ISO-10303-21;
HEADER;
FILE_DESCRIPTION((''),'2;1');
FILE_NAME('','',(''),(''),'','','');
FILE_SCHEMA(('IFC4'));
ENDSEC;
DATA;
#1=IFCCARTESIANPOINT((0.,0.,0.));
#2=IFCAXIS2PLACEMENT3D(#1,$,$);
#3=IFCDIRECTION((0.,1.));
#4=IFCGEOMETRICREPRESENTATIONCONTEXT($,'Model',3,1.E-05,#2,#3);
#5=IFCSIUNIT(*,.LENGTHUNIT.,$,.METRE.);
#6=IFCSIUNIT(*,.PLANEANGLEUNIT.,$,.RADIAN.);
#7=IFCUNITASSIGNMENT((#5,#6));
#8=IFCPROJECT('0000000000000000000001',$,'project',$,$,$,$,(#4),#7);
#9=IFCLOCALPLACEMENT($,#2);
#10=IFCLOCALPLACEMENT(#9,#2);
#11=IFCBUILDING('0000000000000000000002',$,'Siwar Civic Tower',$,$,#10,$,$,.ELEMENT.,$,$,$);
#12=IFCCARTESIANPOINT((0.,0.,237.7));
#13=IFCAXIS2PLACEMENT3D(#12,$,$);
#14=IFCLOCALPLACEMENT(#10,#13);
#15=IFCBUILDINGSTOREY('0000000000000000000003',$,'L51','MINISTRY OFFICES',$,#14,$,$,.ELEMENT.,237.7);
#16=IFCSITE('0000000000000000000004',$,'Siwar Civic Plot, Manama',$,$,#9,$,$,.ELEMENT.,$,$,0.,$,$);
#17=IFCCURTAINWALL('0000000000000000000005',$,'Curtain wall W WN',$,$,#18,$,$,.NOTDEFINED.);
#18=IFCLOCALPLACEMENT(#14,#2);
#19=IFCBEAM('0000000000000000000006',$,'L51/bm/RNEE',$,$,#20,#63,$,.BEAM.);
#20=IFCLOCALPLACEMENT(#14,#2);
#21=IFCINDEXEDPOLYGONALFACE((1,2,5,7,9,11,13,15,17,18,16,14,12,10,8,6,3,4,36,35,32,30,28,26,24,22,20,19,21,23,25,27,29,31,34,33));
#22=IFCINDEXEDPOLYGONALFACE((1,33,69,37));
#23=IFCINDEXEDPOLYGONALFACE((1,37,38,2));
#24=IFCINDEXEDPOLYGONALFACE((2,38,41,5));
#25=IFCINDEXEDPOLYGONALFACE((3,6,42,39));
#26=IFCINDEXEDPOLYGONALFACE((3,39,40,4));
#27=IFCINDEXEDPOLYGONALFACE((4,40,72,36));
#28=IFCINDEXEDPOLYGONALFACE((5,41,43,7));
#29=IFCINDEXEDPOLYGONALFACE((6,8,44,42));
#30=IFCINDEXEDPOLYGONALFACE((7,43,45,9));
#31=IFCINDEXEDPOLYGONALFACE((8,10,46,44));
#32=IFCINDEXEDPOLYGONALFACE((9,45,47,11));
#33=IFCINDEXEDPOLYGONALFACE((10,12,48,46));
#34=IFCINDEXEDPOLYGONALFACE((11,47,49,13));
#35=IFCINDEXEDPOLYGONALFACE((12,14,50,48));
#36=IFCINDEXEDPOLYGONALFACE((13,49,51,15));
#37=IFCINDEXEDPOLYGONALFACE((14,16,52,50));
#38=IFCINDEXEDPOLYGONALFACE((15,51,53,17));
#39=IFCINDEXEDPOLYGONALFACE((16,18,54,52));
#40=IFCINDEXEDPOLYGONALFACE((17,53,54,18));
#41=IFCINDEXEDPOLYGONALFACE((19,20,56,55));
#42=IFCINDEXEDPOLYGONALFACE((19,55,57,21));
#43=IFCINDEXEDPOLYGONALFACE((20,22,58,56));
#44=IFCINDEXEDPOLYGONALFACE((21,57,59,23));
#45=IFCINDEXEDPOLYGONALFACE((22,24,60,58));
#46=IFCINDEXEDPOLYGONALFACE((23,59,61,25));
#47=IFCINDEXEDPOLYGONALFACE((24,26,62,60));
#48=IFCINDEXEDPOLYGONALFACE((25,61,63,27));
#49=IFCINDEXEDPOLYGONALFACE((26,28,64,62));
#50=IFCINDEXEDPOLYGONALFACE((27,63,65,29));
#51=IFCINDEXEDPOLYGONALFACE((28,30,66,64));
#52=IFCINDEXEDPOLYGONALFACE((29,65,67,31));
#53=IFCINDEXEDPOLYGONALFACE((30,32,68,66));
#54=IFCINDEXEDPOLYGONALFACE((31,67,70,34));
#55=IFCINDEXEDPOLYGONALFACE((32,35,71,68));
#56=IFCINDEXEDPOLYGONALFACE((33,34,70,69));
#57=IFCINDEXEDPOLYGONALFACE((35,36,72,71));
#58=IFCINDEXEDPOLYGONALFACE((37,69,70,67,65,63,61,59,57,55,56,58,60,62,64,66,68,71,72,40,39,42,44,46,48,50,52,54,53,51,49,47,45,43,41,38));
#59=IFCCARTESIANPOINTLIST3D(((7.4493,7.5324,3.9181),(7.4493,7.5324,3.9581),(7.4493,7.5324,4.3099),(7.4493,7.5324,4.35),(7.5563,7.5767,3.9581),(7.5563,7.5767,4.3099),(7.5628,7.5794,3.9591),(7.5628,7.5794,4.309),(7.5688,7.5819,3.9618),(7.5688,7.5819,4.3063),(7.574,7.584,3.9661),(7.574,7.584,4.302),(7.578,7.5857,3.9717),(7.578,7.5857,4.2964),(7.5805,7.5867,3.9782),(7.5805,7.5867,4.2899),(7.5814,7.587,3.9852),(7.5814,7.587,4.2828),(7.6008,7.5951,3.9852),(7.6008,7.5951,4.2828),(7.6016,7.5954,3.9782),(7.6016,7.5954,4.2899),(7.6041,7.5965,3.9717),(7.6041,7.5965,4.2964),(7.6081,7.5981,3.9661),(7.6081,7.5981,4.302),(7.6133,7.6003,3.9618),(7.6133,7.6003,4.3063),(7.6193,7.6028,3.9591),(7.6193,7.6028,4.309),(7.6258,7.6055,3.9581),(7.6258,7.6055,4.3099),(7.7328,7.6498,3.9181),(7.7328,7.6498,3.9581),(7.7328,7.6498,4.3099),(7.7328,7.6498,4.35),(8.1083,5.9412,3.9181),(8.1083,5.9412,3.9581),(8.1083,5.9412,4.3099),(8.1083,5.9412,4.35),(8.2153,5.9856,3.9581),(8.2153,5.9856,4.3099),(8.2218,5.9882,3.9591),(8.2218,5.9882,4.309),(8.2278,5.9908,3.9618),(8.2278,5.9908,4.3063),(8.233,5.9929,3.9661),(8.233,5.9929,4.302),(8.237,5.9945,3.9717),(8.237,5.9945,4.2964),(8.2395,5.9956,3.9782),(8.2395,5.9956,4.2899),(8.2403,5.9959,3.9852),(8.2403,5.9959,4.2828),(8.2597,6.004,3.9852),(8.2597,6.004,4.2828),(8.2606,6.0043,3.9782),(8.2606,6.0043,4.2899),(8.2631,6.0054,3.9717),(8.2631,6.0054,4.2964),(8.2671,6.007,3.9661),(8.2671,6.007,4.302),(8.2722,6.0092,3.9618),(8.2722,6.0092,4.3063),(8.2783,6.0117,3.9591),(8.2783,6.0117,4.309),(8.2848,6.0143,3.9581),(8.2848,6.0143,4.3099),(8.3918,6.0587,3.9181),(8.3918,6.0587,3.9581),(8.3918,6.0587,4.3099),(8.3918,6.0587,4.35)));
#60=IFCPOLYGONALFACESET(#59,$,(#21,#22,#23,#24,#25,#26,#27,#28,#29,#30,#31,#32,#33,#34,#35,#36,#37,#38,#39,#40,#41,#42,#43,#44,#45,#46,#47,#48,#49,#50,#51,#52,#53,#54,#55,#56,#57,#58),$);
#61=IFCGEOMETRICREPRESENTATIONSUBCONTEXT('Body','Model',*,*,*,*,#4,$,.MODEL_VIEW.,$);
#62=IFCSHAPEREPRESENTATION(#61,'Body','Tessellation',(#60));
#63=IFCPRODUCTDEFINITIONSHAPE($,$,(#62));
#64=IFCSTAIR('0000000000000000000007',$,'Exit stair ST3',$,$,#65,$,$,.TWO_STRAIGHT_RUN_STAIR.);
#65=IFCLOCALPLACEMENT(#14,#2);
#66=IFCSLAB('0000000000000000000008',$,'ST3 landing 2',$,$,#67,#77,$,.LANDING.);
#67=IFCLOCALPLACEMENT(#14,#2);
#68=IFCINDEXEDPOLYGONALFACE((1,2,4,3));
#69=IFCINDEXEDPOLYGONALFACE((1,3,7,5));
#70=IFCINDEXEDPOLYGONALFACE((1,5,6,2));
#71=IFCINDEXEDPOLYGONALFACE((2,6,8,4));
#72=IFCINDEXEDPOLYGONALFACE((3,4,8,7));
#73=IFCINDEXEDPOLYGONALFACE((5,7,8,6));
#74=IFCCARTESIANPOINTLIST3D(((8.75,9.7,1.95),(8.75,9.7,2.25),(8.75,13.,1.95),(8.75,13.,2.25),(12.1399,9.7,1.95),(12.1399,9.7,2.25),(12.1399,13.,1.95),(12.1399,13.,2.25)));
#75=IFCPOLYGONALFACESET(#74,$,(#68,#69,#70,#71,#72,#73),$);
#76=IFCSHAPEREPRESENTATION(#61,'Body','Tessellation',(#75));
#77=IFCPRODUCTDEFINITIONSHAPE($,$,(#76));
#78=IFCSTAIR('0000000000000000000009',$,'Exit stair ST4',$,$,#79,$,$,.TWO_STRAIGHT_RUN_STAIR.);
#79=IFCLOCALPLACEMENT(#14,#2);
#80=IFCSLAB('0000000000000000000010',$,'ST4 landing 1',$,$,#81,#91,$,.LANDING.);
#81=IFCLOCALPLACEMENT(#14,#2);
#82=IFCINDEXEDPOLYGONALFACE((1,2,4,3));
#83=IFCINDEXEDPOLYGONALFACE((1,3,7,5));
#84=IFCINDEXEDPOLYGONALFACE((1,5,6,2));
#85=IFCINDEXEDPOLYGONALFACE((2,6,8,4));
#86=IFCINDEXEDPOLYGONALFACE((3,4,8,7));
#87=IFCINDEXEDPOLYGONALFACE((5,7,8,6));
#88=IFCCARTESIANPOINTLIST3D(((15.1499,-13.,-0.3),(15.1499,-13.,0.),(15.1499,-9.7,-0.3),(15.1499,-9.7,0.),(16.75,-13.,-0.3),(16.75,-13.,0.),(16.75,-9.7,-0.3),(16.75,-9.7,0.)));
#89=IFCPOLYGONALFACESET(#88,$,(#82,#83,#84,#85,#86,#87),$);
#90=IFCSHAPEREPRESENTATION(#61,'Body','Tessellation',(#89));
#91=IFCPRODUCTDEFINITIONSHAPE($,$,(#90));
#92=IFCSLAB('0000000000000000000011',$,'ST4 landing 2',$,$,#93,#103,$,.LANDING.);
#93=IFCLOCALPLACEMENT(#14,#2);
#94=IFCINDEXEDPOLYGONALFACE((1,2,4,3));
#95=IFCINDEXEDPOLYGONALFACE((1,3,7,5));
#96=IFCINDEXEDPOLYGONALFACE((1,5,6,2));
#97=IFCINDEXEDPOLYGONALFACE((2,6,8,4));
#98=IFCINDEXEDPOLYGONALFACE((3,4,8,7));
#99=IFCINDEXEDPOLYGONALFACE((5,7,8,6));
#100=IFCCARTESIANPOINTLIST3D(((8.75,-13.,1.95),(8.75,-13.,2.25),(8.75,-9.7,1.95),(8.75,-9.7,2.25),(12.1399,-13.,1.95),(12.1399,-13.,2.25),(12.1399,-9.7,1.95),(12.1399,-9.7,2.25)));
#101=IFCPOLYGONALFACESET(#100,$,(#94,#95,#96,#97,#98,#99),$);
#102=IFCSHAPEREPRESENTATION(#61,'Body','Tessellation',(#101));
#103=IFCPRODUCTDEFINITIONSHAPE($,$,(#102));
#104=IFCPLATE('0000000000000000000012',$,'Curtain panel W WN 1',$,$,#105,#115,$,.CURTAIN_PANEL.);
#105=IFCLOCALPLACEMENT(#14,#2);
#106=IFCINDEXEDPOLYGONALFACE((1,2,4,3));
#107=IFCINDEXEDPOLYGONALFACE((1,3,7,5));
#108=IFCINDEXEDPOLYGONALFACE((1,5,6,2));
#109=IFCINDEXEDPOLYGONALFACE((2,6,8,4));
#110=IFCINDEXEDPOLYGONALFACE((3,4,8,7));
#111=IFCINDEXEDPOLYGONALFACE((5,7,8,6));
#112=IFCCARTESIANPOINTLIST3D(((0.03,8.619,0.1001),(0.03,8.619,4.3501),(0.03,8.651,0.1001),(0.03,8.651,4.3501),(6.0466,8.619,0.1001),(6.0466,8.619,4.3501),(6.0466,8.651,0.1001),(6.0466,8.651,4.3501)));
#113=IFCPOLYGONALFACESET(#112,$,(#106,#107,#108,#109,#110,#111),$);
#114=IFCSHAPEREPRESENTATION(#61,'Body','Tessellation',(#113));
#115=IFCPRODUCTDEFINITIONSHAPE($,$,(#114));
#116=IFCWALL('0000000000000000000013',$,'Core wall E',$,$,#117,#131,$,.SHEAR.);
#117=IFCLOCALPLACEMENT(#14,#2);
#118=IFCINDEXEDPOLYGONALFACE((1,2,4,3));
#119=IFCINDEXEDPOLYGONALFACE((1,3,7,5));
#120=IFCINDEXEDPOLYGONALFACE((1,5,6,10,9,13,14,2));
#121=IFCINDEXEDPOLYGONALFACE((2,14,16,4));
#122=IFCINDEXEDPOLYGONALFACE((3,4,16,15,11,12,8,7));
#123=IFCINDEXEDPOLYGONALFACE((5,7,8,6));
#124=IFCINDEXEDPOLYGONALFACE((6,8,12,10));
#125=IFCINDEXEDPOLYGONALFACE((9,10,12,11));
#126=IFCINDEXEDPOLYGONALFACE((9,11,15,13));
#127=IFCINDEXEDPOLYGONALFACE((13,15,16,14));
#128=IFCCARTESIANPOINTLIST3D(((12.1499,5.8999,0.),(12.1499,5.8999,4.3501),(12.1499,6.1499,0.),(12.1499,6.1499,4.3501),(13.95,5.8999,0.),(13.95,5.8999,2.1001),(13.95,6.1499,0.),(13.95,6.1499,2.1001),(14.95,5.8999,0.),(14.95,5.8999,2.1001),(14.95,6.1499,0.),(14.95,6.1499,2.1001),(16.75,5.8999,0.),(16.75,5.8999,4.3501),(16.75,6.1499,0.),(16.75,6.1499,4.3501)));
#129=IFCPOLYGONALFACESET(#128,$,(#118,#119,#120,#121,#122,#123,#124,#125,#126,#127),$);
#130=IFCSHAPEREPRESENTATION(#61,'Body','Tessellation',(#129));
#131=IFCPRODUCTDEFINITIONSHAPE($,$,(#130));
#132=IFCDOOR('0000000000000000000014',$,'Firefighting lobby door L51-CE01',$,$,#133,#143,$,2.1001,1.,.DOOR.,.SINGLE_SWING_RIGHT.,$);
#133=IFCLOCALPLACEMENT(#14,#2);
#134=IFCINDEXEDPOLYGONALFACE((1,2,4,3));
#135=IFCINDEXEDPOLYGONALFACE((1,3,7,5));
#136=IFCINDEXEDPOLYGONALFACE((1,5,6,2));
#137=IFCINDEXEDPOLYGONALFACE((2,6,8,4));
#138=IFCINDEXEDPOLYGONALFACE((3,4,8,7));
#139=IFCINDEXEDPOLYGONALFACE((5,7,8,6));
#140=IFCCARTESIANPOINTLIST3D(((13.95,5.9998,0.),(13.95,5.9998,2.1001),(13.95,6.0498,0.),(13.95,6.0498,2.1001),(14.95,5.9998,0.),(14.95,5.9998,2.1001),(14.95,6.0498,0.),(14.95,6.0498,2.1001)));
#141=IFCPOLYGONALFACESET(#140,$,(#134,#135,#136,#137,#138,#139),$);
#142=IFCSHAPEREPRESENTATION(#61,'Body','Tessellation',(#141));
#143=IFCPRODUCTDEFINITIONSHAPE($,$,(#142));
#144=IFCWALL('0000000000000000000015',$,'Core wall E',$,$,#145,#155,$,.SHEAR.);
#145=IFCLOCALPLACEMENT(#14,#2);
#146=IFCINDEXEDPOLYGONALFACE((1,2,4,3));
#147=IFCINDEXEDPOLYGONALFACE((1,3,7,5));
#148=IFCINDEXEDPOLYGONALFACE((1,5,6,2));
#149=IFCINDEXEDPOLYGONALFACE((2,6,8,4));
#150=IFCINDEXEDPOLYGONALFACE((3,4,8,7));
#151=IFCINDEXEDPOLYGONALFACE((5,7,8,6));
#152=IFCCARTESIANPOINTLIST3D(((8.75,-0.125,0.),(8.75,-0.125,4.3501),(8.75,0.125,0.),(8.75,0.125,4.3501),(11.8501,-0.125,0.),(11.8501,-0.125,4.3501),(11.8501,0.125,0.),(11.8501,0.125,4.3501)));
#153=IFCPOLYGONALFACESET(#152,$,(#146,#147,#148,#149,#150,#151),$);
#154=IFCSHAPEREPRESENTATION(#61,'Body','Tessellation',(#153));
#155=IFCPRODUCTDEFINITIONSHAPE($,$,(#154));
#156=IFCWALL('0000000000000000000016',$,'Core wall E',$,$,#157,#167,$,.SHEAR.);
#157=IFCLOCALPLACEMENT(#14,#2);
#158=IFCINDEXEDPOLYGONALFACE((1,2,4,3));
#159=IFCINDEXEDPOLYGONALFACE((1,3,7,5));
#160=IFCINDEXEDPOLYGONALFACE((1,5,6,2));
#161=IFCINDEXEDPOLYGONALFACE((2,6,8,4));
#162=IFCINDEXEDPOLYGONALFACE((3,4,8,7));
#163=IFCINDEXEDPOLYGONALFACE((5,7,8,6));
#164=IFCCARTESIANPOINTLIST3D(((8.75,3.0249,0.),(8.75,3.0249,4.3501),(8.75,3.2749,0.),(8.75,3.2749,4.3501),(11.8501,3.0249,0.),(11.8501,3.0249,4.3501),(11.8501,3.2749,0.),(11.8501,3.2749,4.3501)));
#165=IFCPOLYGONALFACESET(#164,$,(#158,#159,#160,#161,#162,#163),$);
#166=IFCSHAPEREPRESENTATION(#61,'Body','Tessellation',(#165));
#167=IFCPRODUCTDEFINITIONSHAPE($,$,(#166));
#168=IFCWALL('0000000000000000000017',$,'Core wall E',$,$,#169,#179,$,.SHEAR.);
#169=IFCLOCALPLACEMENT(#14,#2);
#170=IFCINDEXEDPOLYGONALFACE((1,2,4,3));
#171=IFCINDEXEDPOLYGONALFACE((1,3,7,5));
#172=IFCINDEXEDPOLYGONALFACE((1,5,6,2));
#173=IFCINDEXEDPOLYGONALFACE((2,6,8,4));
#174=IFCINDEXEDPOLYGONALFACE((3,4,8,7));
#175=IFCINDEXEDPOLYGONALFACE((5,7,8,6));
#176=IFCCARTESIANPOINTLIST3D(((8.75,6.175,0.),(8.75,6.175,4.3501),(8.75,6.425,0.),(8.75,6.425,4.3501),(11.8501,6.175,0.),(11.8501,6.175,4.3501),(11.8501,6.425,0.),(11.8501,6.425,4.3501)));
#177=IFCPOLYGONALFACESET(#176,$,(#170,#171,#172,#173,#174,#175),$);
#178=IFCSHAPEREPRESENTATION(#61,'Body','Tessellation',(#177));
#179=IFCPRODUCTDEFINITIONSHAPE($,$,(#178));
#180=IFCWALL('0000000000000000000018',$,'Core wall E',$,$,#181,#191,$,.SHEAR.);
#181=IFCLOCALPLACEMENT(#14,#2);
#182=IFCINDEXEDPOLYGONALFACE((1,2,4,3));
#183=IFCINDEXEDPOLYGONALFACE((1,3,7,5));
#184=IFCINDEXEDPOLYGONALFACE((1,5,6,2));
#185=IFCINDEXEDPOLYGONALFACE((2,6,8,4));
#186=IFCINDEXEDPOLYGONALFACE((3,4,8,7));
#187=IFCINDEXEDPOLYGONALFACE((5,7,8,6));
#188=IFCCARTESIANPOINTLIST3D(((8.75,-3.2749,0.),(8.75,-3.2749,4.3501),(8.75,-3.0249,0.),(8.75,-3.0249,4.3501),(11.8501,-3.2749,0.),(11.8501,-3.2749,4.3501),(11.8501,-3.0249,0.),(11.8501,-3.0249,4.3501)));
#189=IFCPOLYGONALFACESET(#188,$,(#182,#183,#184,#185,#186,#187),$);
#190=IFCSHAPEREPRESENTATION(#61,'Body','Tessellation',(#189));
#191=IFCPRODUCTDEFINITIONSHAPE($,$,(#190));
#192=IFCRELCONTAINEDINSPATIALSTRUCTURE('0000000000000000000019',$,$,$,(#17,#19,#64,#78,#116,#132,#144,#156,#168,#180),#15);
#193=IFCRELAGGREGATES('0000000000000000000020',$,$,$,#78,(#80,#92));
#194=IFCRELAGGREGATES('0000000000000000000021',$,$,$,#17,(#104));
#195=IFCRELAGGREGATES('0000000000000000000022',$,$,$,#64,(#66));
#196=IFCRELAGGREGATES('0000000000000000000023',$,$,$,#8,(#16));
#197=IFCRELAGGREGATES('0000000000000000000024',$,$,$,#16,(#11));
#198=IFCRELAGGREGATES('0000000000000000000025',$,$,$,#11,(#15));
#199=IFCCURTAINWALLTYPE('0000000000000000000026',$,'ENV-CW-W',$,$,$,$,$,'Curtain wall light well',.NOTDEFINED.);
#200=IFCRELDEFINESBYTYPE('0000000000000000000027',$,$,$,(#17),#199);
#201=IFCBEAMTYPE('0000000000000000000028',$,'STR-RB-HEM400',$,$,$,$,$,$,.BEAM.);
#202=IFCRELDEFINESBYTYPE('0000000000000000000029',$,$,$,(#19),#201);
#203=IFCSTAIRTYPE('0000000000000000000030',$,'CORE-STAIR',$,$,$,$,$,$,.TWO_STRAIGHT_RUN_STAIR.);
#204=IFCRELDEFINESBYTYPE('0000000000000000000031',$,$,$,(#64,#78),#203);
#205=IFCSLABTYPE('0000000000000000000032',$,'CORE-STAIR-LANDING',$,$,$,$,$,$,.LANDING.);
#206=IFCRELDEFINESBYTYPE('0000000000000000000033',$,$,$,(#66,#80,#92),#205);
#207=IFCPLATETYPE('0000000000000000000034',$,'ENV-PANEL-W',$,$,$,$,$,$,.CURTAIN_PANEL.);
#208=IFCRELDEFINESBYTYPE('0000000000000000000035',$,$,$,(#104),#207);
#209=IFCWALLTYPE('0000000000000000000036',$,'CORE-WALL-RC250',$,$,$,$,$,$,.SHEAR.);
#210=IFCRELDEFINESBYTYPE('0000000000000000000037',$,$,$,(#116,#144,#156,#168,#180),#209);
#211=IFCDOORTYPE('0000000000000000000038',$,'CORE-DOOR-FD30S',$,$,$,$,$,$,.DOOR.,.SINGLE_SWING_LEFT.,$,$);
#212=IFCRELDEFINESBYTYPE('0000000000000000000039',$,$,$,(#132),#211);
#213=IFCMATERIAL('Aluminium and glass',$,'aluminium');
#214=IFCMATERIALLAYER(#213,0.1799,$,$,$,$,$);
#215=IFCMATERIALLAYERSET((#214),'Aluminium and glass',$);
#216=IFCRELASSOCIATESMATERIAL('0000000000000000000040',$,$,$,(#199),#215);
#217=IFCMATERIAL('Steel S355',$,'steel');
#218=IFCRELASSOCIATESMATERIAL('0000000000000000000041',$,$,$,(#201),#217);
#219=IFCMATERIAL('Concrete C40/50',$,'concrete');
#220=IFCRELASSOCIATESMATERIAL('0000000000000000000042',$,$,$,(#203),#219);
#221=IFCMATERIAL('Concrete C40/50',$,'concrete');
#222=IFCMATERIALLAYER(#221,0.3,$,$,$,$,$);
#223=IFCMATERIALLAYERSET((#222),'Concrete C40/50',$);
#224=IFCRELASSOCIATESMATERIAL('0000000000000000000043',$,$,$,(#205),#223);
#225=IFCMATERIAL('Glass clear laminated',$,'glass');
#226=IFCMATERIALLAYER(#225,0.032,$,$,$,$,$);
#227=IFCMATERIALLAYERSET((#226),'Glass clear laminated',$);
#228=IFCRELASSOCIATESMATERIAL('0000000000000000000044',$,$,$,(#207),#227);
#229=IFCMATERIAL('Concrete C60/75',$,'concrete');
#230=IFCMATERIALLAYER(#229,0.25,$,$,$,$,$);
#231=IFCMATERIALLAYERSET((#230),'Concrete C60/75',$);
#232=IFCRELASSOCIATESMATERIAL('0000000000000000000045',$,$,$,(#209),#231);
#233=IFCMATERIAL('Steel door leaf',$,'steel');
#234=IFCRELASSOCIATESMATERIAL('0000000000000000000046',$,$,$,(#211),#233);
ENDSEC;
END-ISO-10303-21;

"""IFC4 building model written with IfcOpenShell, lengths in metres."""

from ifc_helpers import new_model, si_unit, direction, frame, frame_2d, origin, origin_2d, place, context, subcontext, project, spatial, polyline, rectangle, i_section, outline, extrude, material, layer, layer_set, material_profile, profile_set, type_object, element, fill, aggregate, save


model = new_model("IFC4")

# Units and contexts
model_context = context("Model", 3, precision=1e-05, world=origin(), true_north=direction((0.0, 1.0)))
body_context = subcontext(model_context, "Body", "Model", "MODEL_VIEW")
ifc_project = project(units=[si_unit("LENGTHUNIT", "METRE"), si_unit("PLANEANGLEUNIT", "RADIAN")], contexts=[model_context])

# Site, building, storey
site_placement = place(None, origin())
site = spatial("IfcSite", under=ifc_project, at=site_placement, Name="Siwar Civic Plot, Manama", CompositionType="ELEMENT", RefElevation=0.0)
building_placement = place(site_placement, origin())
building = spatial("IfcBuilding", under=site, at=building_placement, Name="Siwar Civic Tower", CompositionType="ELEMENT")
storey_placement = place(building_placement, frame((0.0, 0.0, 237.7)))
storey = spatial("IfcBuildingStorey", under=building, at=storey_placement, Name="L51", Description="MINISTRY OFFICES", CompositionType="ELEMENT", Elevation=237.7)

# Curtain wall
ifc_material_1 = material(Name="Aluminium and glass", Category="aluminium")
ifc_layer_1 = layer(ifc_material_1, 0.1799)
ifc_layer_set_1 = layer_set([ifc_layer_1], Name="Aluminium and glass")
curtain_wall_type = type_object("IfcCurtainWallType", Name="ENV-CW-W", ElementType="Curtain wall light well", PredefinedType="NOTDEFINED", material=ifc_layer_set_1)
curtain_wall_placement = place(storey_placement, origin())
curtain_wall = element("IfcCurtainWall", 1, at=curtain_wall_placement, inside=storey, type_object=curtain_wall_type, Name="Curtain wall W WN", PredefinedType="NOTDEFINED")

# Beam
ifc_material_2 = material(Name="Steel S355", Category="steel")
ifc_material_profile_1 = material_profile(ifc_material_2, i_section(OverallWidth=0.3069, OverallDepth=0.4319, WebThickness=0.021, FlangeThickness=0.04, FilletRadius=0.0271, at=origin_2d()), Name="HEM400")
ifc_profile_set_1 = profile_set([ifc_material_profile_1], Name="Steel S355")
beam_type_1 = type_object("IfcBeamType", Name="STR-RB-HEM400", PredefinedType="BEAM", material=ifc_profile_set_1)
for number, where, z_axis, x_axis, name in (
    (2, (7.5911, 7.5911, 4.134), (0.382631, -0.923901, 0.0), (0.923901, 0.382631, 0.0), "L51/bm/RNEE"),
):
    element("IfcBeam", number, at=place(storey_placement, frame(where, z_axis=z_axis, x_axis=x_axis)), inside=storey, type_object=beam_type_1, Name=name, PredefinedType="BEAM", context=body_context, shape_type="SweptSolid", body=[
        extrude(i_section(OverallWidth=0.3069, OverallDepth=0.4319, WebThickness=0.021, FlangeThickness=0.04, FilletRadius=0.0271, at=origin_2d()), origin(), (0.0, 0.0, 1.0), 1.7222),
    ])

# Stair, slab
ifc_material_3 = material(Name="Concrete C40/50", Category="concrete")
stair_type = type_object("IfcStairType", Name="CORE-STAIR", PredefinedType="TWO_STRAIGHT_RUN_STAIR", material=ifc_material_3)
stair_1_placement = place(storey_placement, origin())
stair_1 = element("IfcStair", 3, at=stair_1_placement, inside=storey, type_object=stair_type, Name="Exit stair ST3", PredefinedType="TWO_STRAIGHT_RUN_STAIR")
ifc_material_4 = material(Name="Concrete C40/50", Category="concrete")
ifc_layer_2 = layer(ifc_material_4, 0.3)
ifc_layer_set_2 = layer_set([ifc_layer_2], Name="Concrete C40/50")
slab_type_1 = type_object("IfcSlabType", Name="CORE-STAIR-LANDING", PredefinedType="LANDING", material=ifc_layer_set_2)
slab_1_placement = place(storey_placement, frame((0.0, 0.0, 1.95)))
slab_1 = element("IfcSlab", 4, at=slab_1_placement, type_object=slab_type_1, Name="ST3 landing 2", PredefinedType="LANDING", context=body_context, shape_type="SweptSolid", body=[
    extrude(outline(polyline([(8.75, 9.7), (12.1399, 9.7), (12.1399, 13.0), (8.75, 13.0), (8.75, 9.7)])), origin(), (0.0, 0.0, 1.0), 0.3),
])

# Stair, slabs
stair_2_placement = place(storey_placement, origin())
stair_2 = element("IfcStair", 5, at=stair_2_placement, inside=storey, type_object=stair_type, Name="Exit stair ST4", PredefinedType="TWO_STRAIGHT_RUN_STAIR")
slab_2_placement = place(storey_placement, frame((0.0, 0.0, -0.3)))
slab_2 = element("IfcSlab", 6, at=slab_2_placement, type_object=slab_type_1, Name="ST4 landing 1", PredefinedType="LANDING", context=body_context, shape_type="SweptSolid", body=[
    extrude(outline(polyline([(15.1499, -13.0), (16.75, -13.0), (16.75, -9.7), (15.1499, -9.7), (15.1499, -13.0)])), origin(), (0.0, 0.0, 1.0), 0.3),
])
slab_3_placement = place(storey_placement, frame((0.0, 0.0, 1.95)))
slab_3 = element("IfcSlab", 7, at=slab_3_placement, type_object=slab_type_1, Name="ST4 landing 2", PredefinedType="LANDING", context=body_context, shape_type="SweptSolid", body=[
    extrude(outline(polyline([(8.75, -13.0), (12.1399, -13.0), (12.1399, -9.7), (8.75, -9.7), (8.75, -13.0)])), origin(), (0.0, 0.0, 1.0), 0.3),
])
aggregate(stair_2, [slab_2, slab_3])

# Plate
ifc_material_5 = material(Name="Glass clear laminated", Category="glass")
ifc_layer_3 = layer(ifc_material_5, 0.032)
ifc_layer_set_3 = layer_set([ifc_layer_3], Name="Glass clear laminated")
plate_type = type_object("IfcPlateType", Name="ENV-PANEL-W", PredefinedType="CURTAIN_PANEL", material=ifc_layer_set_3)
plate_placement = place(storey_placement, frame((3.0383, 8.635, 0.1001), z_axis=(0.0, 0.0, 1.0), x_axis=(-1.0, 0.0, 0.0)))
plate = element("IfcPlate", 8, at=plate_placement, type_object=plate_type, Name="Curtain panel W WN 1", PredefinedType="CURTAIN_PANEL", context=body_context, shape_type="SweptSolid", body=[
    extrude(rectangle(XDim=6.0166, YDim=0.032, at=origin_2d()), origin(), (0.0, 0.0, 1.0), 4.25),
])
aggregate(curtain_wall, [plate])

# Wall, opening, door
ifc_material_6 = material(Name="Concrete C60/75", Category="concrete")
ifc_layer_4 = layer(ifc_material_6, 0.25)
ifc_layer_set_4 = layer_set([ifc_layer_4], Name="Concrete C60/75")
wall_type_1 = type_object("IfcWallType", Name="CORE-WALL-RC250", PredefinedType="SHEAR", material=ifc_layer_set_4)
wall_1_placement = place(storey_placement, frame((12.1499, 6.0249, 0.0), z_axis=(0.0, 0.0, 1.0), x_axis=(1.0, 0.0, 0.0)))
wall_1 = element("IfcWall", 9, at=wall_1_placement, inside=storey, type_object=wall_type_1, Name="Core wall E", PredefinedType="SHEAR", context=body_context, shape_type="SweptSolid", body=[
    extrude(rectangle(XDim=4.6001, YDim=0.25, at=frame_2d((2.3, 0.0))), origin(), (0.0, 0.0, 1.0), 4.3501),
])
opening_1_placement = place(wall_1_placement, frame((1.8, 0.0, 0.0)))
opening_1 = element("IfcOpeningElement", 10, at=opening_1_placement, cuts=wall_1, PredefinedType="OPENING", context=body_context, shape_type="SweptSolid", body=[
    extrude(rectangle(XDim=1.0, YDim=2.1001, at=frame_2d((0.5, 1.05))), frame((0.0, 0.135, 0.0), z_axis=(0.0, -1.0, 0.0), x_axis=(1.0, 0.0, 0.0)), (0.0, 0.0, 1.0), 0.27),
])
ifc_material_7 = material(Name="Steel door leaf", Category="steel")
door_type_1 = type_object("IfcDoorType", Name="CORE-DOOR-FD30S", OperationType="SINGLE_SWING_LEFT", PredefinedType="DOOR", material=ifc_material_7)
door_1_placement = place(opening_1_placement, origin())
door_1 = element("IfcDoor", 11, at=door_1_placement, inside=storey, type_object=door_type_1, Name="Firefighting lobby door L51-CE01", OperationType="SINGLE_SWING_RIGHT", OverallHeight=2.1001, OverallWidth=1.0, PredefinedType="DOOR", context=body_context, shape_type="SweptSolid", body=[
    extrude(rectangle(XDim=1.0, YDim=2.1001, at=frame_2d((0.5, 1.05))), frame((0.0, 0.0249, 0.0), z_axis=(0.0, -1.0, 0.0), x_axis=(1.0, 0.0, 0.0)), (0.0, 0.0, 1.0), 0.05),
])
fill(opening_1, door_1)

# Walls
for number, where, z_axis, x_axis, name in (
    (12, (8.75, 0.0, 0.0), (0.0, 0.0, 1.0), (1.0, 0.0, 0.0), "Core wall E"),
    (13, (8.75, 3.1499, 0.0), (0.0, 0.0, 1.0), (1.0, 0.0, 0.0), "Core wall E"),
    (14, (8.75, 6.3, 0.0), (0.0, 0.0, 1.0), (1.0, 0.0, 0.0), "Core wall E"),
    (15, (8.75, -3.1499, 0.0), (0.0, 0.0, 1.0), (1.0, 0.0, 0.0), "Core wall E"),
):
    element("IfcWall", number, at=place(storey_placement, frame(where, z_axis=z_axis, x_axis=x_axis)), inside=storey, type_object=wall_type_1, Name=name, PredefinedType="SHEAR", context=body_context, shape_type="SweptSolid", body=[
        extrude(rectangle(XDim=3.1001, YDim=0.25, at=frame_2d((1.55, 0.0))), origin(), (0.0, 0.0, 1.0), 4.3501),
    ])

aggregate(stair_1, [slab_1])

save(model, "model.ifc")
